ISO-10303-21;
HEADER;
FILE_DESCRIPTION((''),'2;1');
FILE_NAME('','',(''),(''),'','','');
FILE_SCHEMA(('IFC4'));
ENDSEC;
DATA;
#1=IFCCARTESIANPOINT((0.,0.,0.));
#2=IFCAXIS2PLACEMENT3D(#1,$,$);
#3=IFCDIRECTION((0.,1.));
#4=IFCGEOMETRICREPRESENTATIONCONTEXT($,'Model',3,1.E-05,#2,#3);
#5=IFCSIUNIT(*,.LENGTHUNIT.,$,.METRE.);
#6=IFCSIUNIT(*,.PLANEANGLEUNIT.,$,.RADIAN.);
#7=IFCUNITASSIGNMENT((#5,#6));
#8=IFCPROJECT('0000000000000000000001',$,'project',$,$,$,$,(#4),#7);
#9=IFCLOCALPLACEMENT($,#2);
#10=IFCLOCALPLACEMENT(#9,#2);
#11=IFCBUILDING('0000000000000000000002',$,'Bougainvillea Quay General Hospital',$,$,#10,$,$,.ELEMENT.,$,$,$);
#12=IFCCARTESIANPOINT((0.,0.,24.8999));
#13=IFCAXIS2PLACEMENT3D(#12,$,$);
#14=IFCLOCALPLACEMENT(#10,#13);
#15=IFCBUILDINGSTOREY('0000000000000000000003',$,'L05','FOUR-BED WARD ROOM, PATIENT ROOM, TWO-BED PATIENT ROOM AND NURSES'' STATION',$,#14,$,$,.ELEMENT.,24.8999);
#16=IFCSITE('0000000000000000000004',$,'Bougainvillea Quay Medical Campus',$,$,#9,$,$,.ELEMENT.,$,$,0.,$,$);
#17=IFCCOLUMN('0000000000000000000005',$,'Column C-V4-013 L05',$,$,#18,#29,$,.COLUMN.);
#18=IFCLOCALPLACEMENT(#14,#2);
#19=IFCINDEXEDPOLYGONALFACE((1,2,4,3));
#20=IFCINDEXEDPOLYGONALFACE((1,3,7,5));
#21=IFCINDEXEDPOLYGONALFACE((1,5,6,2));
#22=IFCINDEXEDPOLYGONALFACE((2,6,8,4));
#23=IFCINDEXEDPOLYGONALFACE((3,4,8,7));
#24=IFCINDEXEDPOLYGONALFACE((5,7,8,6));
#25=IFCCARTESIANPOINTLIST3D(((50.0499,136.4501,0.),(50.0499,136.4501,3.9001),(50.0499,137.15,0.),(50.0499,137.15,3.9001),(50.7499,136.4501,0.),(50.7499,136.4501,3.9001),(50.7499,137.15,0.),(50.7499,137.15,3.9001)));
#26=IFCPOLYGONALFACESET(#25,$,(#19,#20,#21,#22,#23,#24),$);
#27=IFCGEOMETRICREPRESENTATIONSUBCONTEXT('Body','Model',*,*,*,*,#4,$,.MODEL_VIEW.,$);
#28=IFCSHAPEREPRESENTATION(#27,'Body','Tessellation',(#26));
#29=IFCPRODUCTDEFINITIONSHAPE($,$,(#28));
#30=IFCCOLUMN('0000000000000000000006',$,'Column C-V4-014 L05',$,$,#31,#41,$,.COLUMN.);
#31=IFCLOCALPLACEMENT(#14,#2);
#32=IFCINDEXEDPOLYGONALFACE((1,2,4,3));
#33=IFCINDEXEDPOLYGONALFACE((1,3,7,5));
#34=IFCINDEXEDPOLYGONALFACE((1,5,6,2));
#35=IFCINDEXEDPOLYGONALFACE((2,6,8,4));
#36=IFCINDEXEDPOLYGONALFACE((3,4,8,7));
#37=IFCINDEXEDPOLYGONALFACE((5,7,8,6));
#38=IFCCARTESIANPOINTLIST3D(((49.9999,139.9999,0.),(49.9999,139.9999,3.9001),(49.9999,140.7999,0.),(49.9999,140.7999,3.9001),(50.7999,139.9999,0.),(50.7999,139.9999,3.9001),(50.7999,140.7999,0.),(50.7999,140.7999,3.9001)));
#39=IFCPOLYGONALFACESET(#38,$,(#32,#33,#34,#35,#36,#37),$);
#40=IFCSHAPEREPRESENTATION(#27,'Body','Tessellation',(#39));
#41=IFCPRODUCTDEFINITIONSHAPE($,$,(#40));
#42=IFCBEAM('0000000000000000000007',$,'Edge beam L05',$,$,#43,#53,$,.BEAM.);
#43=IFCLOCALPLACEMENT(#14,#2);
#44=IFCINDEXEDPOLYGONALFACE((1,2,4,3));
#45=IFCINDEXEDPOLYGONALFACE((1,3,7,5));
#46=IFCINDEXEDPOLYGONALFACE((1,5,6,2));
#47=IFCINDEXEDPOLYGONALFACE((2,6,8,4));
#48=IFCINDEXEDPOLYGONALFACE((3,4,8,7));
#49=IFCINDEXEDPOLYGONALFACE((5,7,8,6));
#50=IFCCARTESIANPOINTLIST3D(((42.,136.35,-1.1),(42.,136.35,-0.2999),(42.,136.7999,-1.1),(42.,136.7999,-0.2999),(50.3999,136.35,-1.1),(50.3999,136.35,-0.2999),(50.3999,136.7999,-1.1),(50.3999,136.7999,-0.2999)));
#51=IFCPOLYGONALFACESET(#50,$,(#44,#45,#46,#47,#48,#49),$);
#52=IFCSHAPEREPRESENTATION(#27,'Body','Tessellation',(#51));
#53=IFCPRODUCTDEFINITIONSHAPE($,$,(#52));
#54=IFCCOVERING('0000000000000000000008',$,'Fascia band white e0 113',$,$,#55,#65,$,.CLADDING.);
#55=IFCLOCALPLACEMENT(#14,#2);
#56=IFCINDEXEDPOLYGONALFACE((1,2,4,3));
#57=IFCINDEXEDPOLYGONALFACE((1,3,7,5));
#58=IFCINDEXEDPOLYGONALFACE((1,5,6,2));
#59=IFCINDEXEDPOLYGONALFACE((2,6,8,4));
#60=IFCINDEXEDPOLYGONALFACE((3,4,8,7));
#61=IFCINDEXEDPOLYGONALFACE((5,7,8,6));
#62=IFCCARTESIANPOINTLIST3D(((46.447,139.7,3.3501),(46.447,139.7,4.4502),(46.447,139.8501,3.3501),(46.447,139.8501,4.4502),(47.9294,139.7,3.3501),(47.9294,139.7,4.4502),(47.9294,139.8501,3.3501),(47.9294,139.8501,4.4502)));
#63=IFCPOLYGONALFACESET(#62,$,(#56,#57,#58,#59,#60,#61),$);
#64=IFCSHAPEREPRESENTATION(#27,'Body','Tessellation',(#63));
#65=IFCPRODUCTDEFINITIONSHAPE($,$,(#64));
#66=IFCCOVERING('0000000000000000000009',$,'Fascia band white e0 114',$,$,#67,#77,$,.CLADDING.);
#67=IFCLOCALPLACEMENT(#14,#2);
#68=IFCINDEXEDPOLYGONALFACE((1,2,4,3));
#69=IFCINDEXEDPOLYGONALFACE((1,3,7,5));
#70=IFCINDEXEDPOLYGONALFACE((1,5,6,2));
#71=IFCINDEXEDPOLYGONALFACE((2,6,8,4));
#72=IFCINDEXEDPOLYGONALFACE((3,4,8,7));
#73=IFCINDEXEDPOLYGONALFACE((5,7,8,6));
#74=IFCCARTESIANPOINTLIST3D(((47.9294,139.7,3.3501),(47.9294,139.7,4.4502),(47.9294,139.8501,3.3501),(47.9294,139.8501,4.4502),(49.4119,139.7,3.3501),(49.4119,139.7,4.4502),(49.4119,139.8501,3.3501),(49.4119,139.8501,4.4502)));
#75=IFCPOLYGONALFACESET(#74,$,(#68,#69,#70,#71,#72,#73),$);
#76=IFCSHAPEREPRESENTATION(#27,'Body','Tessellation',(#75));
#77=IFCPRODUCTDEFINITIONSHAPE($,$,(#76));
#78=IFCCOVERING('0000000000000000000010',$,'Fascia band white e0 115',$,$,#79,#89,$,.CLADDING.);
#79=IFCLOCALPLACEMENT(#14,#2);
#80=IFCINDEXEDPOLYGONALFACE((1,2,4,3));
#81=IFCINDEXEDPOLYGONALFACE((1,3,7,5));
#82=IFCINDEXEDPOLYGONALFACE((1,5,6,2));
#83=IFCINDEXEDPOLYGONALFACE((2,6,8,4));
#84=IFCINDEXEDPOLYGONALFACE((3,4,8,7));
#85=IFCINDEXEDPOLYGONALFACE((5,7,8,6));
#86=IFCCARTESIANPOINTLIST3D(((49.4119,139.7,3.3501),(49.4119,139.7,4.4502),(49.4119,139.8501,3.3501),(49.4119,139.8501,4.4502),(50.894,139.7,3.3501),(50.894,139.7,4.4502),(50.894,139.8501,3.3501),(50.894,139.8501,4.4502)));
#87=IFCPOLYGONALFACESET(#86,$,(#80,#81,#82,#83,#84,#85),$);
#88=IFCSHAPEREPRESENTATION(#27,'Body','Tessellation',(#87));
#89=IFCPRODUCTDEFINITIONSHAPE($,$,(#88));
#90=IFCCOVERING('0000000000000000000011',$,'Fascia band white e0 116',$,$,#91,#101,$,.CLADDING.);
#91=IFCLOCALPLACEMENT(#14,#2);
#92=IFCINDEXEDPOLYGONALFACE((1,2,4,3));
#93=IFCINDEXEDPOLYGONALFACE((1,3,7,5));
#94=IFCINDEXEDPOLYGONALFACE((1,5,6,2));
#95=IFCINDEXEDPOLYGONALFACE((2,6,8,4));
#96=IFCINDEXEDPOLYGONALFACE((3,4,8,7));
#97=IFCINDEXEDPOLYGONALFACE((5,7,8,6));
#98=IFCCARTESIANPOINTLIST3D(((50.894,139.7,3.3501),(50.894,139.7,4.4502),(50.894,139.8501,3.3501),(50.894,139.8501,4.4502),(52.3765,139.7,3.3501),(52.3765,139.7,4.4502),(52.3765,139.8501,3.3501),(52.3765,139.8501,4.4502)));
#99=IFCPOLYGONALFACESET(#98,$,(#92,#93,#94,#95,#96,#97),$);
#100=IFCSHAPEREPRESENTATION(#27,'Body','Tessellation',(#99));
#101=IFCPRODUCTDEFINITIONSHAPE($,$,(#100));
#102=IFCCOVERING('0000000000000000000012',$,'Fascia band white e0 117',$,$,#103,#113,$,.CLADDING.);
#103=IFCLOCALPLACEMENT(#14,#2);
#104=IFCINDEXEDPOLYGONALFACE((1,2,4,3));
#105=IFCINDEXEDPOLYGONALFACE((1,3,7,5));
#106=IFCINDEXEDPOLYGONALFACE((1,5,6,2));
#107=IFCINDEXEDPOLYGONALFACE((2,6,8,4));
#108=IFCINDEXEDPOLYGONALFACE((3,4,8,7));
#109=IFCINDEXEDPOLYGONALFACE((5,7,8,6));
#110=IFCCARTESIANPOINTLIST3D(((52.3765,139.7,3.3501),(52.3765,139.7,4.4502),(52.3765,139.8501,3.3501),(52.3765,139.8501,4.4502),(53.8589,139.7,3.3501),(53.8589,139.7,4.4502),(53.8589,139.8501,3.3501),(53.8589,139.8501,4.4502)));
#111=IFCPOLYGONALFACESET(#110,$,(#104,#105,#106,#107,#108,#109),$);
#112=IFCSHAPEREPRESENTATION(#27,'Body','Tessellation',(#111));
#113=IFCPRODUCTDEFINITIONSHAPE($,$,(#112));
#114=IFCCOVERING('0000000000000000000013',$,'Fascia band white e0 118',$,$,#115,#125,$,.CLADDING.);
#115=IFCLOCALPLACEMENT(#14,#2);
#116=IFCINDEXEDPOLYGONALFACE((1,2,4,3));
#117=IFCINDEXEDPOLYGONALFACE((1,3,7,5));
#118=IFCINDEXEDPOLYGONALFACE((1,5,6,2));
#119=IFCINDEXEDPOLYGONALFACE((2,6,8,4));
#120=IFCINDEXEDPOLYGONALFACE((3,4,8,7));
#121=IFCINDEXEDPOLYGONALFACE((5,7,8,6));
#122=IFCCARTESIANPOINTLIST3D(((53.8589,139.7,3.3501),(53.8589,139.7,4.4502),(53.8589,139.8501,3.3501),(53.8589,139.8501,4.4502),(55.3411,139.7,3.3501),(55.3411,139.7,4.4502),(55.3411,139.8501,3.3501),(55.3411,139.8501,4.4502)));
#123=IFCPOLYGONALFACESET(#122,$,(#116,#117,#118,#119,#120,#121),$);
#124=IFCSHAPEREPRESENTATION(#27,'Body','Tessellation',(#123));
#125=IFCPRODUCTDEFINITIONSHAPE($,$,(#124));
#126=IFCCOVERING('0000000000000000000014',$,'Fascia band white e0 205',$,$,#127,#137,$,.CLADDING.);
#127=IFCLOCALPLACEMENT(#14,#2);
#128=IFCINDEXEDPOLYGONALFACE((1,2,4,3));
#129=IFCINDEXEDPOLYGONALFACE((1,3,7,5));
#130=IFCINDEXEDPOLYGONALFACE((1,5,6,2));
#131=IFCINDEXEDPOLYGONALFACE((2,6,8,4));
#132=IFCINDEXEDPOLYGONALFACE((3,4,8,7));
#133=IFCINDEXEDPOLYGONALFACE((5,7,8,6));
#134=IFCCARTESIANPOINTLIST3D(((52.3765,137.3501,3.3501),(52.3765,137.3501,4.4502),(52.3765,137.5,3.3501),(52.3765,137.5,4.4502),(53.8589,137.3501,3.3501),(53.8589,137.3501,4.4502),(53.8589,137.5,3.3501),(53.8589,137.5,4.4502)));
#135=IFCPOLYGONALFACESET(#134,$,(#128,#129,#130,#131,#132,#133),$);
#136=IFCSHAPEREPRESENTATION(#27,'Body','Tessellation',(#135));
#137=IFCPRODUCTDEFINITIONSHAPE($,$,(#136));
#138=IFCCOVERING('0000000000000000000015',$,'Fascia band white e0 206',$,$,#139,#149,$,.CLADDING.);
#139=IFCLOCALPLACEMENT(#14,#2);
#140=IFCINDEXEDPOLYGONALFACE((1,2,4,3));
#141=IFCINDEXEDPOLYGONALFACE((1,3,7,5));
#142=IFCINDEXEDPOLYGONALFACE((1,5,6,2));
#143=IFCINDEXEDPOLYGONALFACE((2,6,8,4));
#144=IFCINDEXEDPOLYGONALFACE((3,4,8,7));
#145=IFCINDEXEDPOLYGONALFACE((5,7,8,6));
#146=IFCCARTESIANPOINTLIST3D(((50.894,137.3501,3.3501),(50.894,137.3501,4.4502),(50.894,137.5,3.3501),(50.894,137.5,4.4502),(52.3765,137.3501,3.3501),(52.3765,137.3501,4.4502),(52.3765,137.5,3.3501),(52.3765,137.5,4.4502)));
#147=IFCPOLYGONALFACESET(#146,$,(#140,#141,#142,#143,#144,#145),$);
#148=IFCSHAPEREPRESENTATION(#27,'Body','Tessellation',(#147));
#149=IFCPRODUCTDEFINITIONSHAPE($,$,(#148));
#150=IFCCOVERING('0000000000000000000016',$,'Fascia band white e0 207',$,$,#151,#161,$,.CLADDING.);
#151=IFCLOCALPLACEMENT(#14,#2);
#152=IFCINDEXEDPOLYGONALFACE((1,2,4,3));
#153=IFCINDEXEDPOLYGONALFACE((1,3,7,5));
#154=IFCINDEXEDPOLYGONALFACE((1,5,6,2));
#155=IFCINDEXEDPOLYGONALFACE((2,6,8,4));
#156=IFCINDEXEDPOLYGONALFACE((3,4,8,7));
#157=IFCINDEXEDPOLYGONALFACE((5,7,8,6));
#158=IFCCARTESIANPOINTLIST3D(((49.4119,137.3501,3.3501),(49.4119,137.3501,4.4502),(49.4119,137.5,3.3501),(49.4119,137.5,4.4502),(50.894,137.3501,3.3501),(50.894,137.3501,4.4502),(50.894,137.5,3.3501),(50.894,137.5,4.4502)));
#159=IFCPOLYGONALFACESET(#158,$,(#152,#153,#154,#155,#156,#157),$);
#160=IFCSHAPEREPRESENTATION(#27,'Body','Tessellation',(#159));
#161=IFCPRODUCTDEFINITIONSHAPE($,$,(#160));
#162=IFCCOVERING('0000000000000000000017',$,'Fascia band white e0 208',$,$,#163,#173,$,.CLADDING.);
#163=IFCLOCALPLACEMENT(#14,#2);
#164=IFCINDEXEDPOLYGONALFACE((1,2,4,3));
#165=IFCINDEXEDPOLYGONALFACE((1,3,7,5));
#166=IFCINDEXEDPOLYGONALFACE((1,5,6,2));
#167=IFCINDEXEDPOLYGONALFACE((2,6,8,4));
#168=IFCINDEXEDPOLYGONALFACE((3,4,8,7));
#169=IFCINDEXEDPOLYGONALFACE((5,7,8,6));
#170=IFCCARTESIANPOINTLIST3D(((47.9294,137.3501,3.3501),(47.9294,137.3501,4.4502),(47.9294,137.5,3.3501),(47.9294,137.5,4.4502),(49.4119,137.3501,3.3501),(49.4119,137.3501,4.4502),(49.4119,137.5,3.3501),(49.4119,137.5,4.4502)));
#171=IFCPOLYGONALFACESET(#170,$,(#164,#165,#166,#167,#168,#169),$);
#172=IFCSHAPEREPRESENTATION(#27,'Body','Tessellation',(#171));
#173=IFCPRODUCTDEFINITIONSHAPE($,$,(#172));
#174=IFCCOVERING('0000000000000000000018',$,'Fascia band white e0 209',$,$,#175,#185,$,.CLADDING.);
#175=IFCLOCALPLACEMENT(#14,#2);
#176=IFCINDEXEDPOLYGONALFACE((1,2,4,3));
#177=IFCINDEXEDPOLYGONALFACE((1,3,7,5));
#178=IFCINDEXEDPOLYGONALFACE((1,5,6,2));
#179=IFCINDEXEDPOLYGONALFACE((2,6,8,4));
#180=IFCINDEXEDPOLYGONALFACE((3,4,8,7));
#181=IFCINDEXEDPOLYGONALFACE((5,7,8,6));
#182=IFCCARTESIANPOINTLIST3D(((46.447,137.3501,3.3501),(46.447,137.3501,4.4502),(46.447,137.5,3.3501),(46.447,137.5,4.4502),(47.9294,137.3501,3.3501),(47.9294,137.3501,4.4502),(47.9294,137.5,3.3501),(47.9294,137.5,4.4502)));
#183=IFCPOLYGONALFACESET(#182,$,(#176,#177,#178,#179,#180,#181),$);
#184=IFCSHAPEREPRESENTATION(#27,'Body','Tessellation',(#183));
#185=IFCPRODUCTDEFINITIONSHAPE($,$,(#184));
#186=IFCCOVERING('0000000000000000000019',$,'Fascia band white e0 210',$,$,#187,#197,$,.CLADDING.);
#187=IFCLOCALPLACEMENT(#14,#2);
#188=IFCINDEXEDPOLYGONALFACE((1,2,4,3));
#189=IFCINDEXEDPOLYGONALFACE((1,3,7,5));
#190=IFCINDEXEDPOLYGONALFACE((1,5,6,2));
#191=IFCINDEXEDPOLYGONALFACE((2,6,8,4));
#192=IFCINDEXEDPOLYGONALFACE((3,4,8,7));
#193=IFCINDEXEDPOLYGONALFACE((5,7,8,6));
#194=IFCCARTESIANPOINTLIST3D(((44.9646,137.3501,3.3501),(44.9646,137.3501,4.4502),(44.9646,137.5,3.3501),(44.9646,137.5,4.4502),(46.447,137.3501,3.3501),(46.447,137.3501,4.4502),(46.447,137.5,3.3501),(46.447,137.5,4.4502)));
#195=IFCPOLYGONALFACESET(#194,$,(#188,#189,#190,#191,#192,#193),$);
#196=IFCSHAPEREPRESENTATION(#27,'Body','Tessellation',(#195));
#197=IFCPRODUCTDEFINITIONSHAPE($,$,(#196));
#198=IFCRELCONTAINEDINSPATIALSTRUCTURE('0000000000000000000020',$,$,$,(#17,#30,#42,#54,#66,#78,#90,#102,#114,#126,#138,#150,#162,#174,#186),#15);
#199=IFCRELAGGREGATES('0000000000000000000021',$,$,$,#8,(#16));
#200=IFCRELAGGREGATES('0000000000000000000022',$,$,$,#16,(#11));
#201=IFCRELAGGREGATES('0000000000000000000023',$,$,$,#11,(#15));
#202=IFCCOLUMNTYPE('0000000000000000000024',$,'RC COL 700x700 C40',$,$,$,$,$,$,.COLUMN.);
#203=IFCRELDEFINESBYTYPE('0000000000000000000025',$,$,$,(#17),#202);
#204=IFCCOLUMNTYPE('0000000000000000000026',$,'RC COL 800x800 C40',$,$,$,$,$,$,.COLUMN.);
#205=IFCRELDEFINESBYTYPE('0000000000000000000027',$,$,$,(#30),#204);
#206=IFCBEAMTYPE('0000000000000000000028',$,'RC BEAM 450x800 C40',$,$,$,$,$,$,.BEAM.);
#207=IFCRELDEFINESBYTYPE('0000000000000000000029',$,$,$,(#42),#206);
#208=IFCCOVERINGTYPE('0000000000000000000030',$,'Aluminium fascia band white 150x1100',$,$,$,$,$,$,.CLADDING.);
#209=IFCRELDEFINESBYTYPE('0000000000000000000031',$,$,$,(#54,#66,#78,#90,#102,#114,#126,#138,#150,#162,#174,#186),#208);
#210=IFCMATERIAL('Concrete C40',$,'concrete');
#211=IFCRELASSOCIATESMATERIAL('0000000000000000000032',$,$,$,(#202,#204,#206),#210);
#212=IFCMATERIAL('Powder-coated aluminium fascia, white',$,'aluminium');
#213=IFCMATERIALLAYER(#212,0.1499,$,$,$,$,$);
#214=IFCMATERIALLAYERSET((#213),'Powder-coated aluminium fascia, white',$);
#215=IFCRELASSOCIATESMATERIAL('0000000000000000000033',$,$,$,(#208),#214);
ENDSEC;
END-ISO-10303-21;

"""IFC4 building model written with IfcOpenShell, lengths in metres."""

from ifc_helpers import new_model, si_unit, direction, frame, origin, origin_2d, place, context, subcontext, project, spatial, polyline, rectangle, outline, extrude, material, layer, layer_set, material_profile, profile_set, type_object, element, save


model = new_model("IFC4")

# Units and contexts
model_context = context("Model", 3, precision=1e-05, world=origin(), true_north=direction((0.0, 1.0)))
body_context = subcontext(model_context, "Body", "Model", "MODEL_VIEW")
ifc_project = project(units=[si_unit("LENGTHUNIT", "METRE"), si_unit("PLANEANGLEUNIT", "RADIAN")], contexts=[model_context])

# Site, building, storey
site_placement = place(None, origin())
site = spatial("IfcSite", under=ifc_project, at=site_placement, Name="Bougainvillea Quay Medical Campus", CompositionType="ELEMENT", RefElevation=0.0)
building_placement = place(site_placement, origin())
building = spatial("IfcBuilding", under=site, at=building_placement, Name="Bougainvillea Quay General Hospital", CompositionType="ELEMENT")
storey_placement = place(building_placement, frame((0.0, 0.0, 24.8999)))
storey = spatial("IfcBuildingStorey", under=building, at=storey_placement, Name="L05", Description="FOUR-BED WARD ROOM, PATIENT ROOM, TWO-BED PATIENT ROOM AND NURSES' STATION", CompositionType="ELEMENT", Elevation=24.8999)

# Columns
ifc_material_1 = material(Name="Concrete C40", Category="concrete")
ifc_material_profile_1 = material_profile(ifc_material_1, rectangle(XDim=0.7, YDim=0.7, at=origin_2d()))
ifc_profile_set_1 = profile_set([ifc_material_profile_1], Name="Concrete C40")
column_type_1 = type_object("IfcColumnType", Name="RC COL 700x700 C40", PredefinedType="COLUMN", material=ifc_profile_set_1)
column_1_placement = place(storey_placement, frame((50.3999, 136.8, 0.0), z_axis=(0.0, 0.0, 1.0), x_axis=(1.0, 0.0, 0.0)))
element("IfcColumn", 1, at=column_1_placement, inside=storey, type_object=column_type_1, Name="Column C-V4-013 L05", PredefinedType="COLUMN", context=body_context, shape_type="SweptSolid", body=[
    extrude(rectangle(XDim=0.7, YDim=0.7, at=origin_2d()), origin(), (0.0, 0.0, 1.0), 3.9001),
])
ifc_material_profile_2 = material_profile(ifc_material_1, rectangle(XDim=0.8, YDim=0.8, at=origin_2d()))
ifc_profile_set_2 = profile_set([ifc_material_profile_2], Name="Concrete C40")
column_type_2 = type_object("IfcColumnType", Name="RC COL 800x800 C40", PredefinedType="COLUMN", material=ifc_profile_set_2)
column_2_placement = place(storey_placement, frame((50.3999, 140.3999, 0.0), z_axis=(0.0, 0.0, 1.0), x_axis=(1.0, 0.0, 0.0)))
element("IfcColumn", 2, at=column_2_placement, inside=storey, type_object=column_type_2, Name="Column C-V4-014 L05", PredefinedType="COLUMN", context=body_context, shape_type="SweptSolid", body=[
    extrude(rectangle(XDim=0.8, YDim=0.8, at=origin_2d()), origin(), (0.0, 0.0, 1.0), 3.9001),
])

# Beam
ifc_material_profile_3 = material_profile(ifc_material_1, rectangle(XDim=0.45, YDim=0.8, at=origin_2d()))
ifc_profile_set_3 = profile_set([ifc_material_profile_3], Name="Concrete C40")
beam_type = type_object("IfcBeamType", Name="RC BEAM 450x800 C40", PredefinedType="BEAM", material=ifc_profile_set_3)
beam_placement = place(storey_placement, frame((50.3999, 136.575, -0.7), z_axis=(-1.0, 0.0, 0.0), x_axis=(0.0, -1.0, 0.0)))
element("IfcBeam", 3, at=beam_placement, inside=storey, type_object=beam_type, Name="Edge beam L05", PredefinedType="BEAM", context=body_context, shape_type="SweptSolid", body=[
    extrude(rectangle(XDim=0.45, YDim=0.8, at=origin_2d()), origin(), (0.0, 0.0, 1.0), 8.3999),
])

# Coverings
ifc_material_2 = material(Name="Powder-coated aluminium fascia, white", Category="aluminium")
ifc_layer = layer(ifc_material_2, 0.1499)
ifc_layer_set = layer_set([ifc_layer], Name="Powder-coated aluminium fascia, white")
covering_type = type_object("IfcCoveringType", Name="Aluminium fascia band white 150x1100", PredefinedType="CLADDING", material=ifc_layer_set)
for number, where, z_axis, x_axis, name in (
    (4, (46.447, 139.8501, 3.3501), (0.0, 0.0, 1.0), (1.0, 0.0, 0.0), "Fascia band white e0 113"),
    (5, (47.9294, 139.8501, 3.3501), (0.0, 0.0, 1.0), (1.0, 0.0, 0.0), "Fascia band white e0 114"),
):
    element("IfcCovering", number, at=place(storey_placement, frame(where, z_axis=z_axis, x_axis=x_axis)), inside=storey, type_object=covering_type, Name=name, PredefinedType="CLADDING", context=body_context, shape_type="SweptSolid", body=[
        extrude(outline(polyline([(0.0, 0.0), (1.4824, 0.0), (1.4824, -0.1501), (0.0, -0.1501), (0.0, 0.0)])), origin(), (0.0, 0.0, 1.0), 1.1001),
    ])
covering_1_placement = place(storey_placement, frame((49.4119, 139.8501, 3.3501), z_axis=(0.0, 0.0, 1.0), x_axis=(1.0, 0.0, 0.0)))
element("IfcCovering", 6, at=covering_1_placement, inside=storey, type_object=covering_type, Name="Fascia band white e0 115", PredefinedType="CLADDING", context=body_context, shape_type="SweptSolid", body=[
    extrude(outline(polyline([(0.0, 0.0), (1.4822, 0.0), (1.4822, -0.1501), (0.0, -0.1501), (0.0, 0.0)])), origin(), (0.0, 0.0, 1.0), 1.1001),
])
for number, where, z_axis, x_axis, name in (
    (7, (50.894, 139.8501, 3.3501), (0.0, 0.0, 1.0), (1.0, 0.0, 0.0), "Fascia band white e0 116"),
    (8, (52.3765, 139.8501, 3.3501), (0.0, 0.0, 1.0), (1.0, 0.0, 0.0), "Fascia band white e0 117"),
):
    element("IfcCovering", number, at=place(storey_placement, frame(where, z_axis=z_axis, x_axis=x_axis)), inside=storey, type_object=covering_type, Name=name, PredefinedType="CLADDING", context=body_context, shape_type="SweptSolid", body=[
        extrude(outline(polyline([(0.0, 0.0), (1.4824, 0.0), (1.4824, -0.1501), (0.0, -0.1501), (0.0, 0.0)])), origin(), (0.0, 0.0, 1.0), 1.1001),
    ])
covering_2_placement = place(storey_placement, frame((53.8589, 139.8501, 3.3501), z_axis=(0.0, 0.0, 1.0), x_axis=(1.0, 0.0, 0.0)))
element("IfcCovering", 9, at=covering_2_placement, inside=storey, type_object=covering_type, Name="Fascia band white e0 118", PredefinedType="CLADDING", context=body_context, shape_type="SweptSolid", body=[
    extrude(outline(polyline([(0.0, 0.0), (1.4822, 0.0), (1.4822, -0.1501), (0.0, -0.1501), (0.0, 0.0)])), origin(), (0.0, 0.0, 1.0), 1.1001),
])
for number, where, z_axis, x_axis, name in (
    (10, (53.8589, 137.3501, 3.3501), (0.0, 0.0, 1.0), (-1.0, 0.0, 0.0), "Fascia band white e0 205"),
    (11, (52.3765, 137.3501, 3.3501), (0.0, 0.0, 1.0), (-1.0, 0.0, 0.0), "Fascia band white e0 206"),
):
    element("IfcCovering", number, at=place(storey_placement, frame(where, z_axis=z_axis, x_axis=x_axis)), inside=storey, type_object=covering_type, Name=name, PredefinedType="CLADDING", context=body_context, shape_type="SweptSolid", body=[
        extrude(outline(polyline([(0.0, 0.0), (1.4824, 0.0), (1.4824, -0.1499), (0.0, -0.1499), (0.0, 0.0)])), origin(), (0.0, 0.0, 1.0), 1.1001),
    ])
covering_3_placement = place(storey_placement, frame((50.894, 137.3501, 3.3501), z_axis=(0.0, 0.0, 1.0), x_axis=(-1.0, 0.0, 0.0)))
element("IfcCovering", 12, at=covering_3_placement, inside=storey, type_object=covering_type, Name="Fascia band white e0 207", PredefinedType="CLADDING", context=body_context, shape_type="SweptSolid", body=[
    extrude(outline(polyline([(0.0, 0.0), (1.4822, 0.0), (1.4822, -0.1499), (0.0, -0.1499), (0.0, 0.0)])), origin(), (0.0, 0.0, 1.0), 1.1001),
])
for number, where, z_axis, x_axis, name in (
    (13, (49.4119, 137.3501, 3.3501), (0.0, 0.0, 1.0), (-1.0, 0.0, 0.0), "Fascia band white e0 208"),
    (14, (47.9294, 137.3501, 3.3501), (0.0, 0.0, 1.0), (-1.0, 0.0, 0.0), "Fascia band white e0 209"),
    (15, (46.447, 137.3501, 3.3501), (0.0, 0.0, 1.0), (-1.0, 0.0, 0.0), "Fascia band white e0 210"),
):
    element("IfcCovering", number, at=place(storey_placement, frame(where, z_axis=z_axis, x_axis=x_axis)), inside=storey, type_object=covering_type, Name=name, PredefinedType="CLADDING", context=body_context, shape_type="SweptSolid", body=[
        extrude(outline(polyline([(0.0, 0.0), (1.4824, 0.0), (1.4824, -0.1499), (0.0, -0.1499), (0.0, 0.0)])), origin(), (0.0, 0.0, 1.0), 1.1001),
    ])

save(model, "model.ifc")
